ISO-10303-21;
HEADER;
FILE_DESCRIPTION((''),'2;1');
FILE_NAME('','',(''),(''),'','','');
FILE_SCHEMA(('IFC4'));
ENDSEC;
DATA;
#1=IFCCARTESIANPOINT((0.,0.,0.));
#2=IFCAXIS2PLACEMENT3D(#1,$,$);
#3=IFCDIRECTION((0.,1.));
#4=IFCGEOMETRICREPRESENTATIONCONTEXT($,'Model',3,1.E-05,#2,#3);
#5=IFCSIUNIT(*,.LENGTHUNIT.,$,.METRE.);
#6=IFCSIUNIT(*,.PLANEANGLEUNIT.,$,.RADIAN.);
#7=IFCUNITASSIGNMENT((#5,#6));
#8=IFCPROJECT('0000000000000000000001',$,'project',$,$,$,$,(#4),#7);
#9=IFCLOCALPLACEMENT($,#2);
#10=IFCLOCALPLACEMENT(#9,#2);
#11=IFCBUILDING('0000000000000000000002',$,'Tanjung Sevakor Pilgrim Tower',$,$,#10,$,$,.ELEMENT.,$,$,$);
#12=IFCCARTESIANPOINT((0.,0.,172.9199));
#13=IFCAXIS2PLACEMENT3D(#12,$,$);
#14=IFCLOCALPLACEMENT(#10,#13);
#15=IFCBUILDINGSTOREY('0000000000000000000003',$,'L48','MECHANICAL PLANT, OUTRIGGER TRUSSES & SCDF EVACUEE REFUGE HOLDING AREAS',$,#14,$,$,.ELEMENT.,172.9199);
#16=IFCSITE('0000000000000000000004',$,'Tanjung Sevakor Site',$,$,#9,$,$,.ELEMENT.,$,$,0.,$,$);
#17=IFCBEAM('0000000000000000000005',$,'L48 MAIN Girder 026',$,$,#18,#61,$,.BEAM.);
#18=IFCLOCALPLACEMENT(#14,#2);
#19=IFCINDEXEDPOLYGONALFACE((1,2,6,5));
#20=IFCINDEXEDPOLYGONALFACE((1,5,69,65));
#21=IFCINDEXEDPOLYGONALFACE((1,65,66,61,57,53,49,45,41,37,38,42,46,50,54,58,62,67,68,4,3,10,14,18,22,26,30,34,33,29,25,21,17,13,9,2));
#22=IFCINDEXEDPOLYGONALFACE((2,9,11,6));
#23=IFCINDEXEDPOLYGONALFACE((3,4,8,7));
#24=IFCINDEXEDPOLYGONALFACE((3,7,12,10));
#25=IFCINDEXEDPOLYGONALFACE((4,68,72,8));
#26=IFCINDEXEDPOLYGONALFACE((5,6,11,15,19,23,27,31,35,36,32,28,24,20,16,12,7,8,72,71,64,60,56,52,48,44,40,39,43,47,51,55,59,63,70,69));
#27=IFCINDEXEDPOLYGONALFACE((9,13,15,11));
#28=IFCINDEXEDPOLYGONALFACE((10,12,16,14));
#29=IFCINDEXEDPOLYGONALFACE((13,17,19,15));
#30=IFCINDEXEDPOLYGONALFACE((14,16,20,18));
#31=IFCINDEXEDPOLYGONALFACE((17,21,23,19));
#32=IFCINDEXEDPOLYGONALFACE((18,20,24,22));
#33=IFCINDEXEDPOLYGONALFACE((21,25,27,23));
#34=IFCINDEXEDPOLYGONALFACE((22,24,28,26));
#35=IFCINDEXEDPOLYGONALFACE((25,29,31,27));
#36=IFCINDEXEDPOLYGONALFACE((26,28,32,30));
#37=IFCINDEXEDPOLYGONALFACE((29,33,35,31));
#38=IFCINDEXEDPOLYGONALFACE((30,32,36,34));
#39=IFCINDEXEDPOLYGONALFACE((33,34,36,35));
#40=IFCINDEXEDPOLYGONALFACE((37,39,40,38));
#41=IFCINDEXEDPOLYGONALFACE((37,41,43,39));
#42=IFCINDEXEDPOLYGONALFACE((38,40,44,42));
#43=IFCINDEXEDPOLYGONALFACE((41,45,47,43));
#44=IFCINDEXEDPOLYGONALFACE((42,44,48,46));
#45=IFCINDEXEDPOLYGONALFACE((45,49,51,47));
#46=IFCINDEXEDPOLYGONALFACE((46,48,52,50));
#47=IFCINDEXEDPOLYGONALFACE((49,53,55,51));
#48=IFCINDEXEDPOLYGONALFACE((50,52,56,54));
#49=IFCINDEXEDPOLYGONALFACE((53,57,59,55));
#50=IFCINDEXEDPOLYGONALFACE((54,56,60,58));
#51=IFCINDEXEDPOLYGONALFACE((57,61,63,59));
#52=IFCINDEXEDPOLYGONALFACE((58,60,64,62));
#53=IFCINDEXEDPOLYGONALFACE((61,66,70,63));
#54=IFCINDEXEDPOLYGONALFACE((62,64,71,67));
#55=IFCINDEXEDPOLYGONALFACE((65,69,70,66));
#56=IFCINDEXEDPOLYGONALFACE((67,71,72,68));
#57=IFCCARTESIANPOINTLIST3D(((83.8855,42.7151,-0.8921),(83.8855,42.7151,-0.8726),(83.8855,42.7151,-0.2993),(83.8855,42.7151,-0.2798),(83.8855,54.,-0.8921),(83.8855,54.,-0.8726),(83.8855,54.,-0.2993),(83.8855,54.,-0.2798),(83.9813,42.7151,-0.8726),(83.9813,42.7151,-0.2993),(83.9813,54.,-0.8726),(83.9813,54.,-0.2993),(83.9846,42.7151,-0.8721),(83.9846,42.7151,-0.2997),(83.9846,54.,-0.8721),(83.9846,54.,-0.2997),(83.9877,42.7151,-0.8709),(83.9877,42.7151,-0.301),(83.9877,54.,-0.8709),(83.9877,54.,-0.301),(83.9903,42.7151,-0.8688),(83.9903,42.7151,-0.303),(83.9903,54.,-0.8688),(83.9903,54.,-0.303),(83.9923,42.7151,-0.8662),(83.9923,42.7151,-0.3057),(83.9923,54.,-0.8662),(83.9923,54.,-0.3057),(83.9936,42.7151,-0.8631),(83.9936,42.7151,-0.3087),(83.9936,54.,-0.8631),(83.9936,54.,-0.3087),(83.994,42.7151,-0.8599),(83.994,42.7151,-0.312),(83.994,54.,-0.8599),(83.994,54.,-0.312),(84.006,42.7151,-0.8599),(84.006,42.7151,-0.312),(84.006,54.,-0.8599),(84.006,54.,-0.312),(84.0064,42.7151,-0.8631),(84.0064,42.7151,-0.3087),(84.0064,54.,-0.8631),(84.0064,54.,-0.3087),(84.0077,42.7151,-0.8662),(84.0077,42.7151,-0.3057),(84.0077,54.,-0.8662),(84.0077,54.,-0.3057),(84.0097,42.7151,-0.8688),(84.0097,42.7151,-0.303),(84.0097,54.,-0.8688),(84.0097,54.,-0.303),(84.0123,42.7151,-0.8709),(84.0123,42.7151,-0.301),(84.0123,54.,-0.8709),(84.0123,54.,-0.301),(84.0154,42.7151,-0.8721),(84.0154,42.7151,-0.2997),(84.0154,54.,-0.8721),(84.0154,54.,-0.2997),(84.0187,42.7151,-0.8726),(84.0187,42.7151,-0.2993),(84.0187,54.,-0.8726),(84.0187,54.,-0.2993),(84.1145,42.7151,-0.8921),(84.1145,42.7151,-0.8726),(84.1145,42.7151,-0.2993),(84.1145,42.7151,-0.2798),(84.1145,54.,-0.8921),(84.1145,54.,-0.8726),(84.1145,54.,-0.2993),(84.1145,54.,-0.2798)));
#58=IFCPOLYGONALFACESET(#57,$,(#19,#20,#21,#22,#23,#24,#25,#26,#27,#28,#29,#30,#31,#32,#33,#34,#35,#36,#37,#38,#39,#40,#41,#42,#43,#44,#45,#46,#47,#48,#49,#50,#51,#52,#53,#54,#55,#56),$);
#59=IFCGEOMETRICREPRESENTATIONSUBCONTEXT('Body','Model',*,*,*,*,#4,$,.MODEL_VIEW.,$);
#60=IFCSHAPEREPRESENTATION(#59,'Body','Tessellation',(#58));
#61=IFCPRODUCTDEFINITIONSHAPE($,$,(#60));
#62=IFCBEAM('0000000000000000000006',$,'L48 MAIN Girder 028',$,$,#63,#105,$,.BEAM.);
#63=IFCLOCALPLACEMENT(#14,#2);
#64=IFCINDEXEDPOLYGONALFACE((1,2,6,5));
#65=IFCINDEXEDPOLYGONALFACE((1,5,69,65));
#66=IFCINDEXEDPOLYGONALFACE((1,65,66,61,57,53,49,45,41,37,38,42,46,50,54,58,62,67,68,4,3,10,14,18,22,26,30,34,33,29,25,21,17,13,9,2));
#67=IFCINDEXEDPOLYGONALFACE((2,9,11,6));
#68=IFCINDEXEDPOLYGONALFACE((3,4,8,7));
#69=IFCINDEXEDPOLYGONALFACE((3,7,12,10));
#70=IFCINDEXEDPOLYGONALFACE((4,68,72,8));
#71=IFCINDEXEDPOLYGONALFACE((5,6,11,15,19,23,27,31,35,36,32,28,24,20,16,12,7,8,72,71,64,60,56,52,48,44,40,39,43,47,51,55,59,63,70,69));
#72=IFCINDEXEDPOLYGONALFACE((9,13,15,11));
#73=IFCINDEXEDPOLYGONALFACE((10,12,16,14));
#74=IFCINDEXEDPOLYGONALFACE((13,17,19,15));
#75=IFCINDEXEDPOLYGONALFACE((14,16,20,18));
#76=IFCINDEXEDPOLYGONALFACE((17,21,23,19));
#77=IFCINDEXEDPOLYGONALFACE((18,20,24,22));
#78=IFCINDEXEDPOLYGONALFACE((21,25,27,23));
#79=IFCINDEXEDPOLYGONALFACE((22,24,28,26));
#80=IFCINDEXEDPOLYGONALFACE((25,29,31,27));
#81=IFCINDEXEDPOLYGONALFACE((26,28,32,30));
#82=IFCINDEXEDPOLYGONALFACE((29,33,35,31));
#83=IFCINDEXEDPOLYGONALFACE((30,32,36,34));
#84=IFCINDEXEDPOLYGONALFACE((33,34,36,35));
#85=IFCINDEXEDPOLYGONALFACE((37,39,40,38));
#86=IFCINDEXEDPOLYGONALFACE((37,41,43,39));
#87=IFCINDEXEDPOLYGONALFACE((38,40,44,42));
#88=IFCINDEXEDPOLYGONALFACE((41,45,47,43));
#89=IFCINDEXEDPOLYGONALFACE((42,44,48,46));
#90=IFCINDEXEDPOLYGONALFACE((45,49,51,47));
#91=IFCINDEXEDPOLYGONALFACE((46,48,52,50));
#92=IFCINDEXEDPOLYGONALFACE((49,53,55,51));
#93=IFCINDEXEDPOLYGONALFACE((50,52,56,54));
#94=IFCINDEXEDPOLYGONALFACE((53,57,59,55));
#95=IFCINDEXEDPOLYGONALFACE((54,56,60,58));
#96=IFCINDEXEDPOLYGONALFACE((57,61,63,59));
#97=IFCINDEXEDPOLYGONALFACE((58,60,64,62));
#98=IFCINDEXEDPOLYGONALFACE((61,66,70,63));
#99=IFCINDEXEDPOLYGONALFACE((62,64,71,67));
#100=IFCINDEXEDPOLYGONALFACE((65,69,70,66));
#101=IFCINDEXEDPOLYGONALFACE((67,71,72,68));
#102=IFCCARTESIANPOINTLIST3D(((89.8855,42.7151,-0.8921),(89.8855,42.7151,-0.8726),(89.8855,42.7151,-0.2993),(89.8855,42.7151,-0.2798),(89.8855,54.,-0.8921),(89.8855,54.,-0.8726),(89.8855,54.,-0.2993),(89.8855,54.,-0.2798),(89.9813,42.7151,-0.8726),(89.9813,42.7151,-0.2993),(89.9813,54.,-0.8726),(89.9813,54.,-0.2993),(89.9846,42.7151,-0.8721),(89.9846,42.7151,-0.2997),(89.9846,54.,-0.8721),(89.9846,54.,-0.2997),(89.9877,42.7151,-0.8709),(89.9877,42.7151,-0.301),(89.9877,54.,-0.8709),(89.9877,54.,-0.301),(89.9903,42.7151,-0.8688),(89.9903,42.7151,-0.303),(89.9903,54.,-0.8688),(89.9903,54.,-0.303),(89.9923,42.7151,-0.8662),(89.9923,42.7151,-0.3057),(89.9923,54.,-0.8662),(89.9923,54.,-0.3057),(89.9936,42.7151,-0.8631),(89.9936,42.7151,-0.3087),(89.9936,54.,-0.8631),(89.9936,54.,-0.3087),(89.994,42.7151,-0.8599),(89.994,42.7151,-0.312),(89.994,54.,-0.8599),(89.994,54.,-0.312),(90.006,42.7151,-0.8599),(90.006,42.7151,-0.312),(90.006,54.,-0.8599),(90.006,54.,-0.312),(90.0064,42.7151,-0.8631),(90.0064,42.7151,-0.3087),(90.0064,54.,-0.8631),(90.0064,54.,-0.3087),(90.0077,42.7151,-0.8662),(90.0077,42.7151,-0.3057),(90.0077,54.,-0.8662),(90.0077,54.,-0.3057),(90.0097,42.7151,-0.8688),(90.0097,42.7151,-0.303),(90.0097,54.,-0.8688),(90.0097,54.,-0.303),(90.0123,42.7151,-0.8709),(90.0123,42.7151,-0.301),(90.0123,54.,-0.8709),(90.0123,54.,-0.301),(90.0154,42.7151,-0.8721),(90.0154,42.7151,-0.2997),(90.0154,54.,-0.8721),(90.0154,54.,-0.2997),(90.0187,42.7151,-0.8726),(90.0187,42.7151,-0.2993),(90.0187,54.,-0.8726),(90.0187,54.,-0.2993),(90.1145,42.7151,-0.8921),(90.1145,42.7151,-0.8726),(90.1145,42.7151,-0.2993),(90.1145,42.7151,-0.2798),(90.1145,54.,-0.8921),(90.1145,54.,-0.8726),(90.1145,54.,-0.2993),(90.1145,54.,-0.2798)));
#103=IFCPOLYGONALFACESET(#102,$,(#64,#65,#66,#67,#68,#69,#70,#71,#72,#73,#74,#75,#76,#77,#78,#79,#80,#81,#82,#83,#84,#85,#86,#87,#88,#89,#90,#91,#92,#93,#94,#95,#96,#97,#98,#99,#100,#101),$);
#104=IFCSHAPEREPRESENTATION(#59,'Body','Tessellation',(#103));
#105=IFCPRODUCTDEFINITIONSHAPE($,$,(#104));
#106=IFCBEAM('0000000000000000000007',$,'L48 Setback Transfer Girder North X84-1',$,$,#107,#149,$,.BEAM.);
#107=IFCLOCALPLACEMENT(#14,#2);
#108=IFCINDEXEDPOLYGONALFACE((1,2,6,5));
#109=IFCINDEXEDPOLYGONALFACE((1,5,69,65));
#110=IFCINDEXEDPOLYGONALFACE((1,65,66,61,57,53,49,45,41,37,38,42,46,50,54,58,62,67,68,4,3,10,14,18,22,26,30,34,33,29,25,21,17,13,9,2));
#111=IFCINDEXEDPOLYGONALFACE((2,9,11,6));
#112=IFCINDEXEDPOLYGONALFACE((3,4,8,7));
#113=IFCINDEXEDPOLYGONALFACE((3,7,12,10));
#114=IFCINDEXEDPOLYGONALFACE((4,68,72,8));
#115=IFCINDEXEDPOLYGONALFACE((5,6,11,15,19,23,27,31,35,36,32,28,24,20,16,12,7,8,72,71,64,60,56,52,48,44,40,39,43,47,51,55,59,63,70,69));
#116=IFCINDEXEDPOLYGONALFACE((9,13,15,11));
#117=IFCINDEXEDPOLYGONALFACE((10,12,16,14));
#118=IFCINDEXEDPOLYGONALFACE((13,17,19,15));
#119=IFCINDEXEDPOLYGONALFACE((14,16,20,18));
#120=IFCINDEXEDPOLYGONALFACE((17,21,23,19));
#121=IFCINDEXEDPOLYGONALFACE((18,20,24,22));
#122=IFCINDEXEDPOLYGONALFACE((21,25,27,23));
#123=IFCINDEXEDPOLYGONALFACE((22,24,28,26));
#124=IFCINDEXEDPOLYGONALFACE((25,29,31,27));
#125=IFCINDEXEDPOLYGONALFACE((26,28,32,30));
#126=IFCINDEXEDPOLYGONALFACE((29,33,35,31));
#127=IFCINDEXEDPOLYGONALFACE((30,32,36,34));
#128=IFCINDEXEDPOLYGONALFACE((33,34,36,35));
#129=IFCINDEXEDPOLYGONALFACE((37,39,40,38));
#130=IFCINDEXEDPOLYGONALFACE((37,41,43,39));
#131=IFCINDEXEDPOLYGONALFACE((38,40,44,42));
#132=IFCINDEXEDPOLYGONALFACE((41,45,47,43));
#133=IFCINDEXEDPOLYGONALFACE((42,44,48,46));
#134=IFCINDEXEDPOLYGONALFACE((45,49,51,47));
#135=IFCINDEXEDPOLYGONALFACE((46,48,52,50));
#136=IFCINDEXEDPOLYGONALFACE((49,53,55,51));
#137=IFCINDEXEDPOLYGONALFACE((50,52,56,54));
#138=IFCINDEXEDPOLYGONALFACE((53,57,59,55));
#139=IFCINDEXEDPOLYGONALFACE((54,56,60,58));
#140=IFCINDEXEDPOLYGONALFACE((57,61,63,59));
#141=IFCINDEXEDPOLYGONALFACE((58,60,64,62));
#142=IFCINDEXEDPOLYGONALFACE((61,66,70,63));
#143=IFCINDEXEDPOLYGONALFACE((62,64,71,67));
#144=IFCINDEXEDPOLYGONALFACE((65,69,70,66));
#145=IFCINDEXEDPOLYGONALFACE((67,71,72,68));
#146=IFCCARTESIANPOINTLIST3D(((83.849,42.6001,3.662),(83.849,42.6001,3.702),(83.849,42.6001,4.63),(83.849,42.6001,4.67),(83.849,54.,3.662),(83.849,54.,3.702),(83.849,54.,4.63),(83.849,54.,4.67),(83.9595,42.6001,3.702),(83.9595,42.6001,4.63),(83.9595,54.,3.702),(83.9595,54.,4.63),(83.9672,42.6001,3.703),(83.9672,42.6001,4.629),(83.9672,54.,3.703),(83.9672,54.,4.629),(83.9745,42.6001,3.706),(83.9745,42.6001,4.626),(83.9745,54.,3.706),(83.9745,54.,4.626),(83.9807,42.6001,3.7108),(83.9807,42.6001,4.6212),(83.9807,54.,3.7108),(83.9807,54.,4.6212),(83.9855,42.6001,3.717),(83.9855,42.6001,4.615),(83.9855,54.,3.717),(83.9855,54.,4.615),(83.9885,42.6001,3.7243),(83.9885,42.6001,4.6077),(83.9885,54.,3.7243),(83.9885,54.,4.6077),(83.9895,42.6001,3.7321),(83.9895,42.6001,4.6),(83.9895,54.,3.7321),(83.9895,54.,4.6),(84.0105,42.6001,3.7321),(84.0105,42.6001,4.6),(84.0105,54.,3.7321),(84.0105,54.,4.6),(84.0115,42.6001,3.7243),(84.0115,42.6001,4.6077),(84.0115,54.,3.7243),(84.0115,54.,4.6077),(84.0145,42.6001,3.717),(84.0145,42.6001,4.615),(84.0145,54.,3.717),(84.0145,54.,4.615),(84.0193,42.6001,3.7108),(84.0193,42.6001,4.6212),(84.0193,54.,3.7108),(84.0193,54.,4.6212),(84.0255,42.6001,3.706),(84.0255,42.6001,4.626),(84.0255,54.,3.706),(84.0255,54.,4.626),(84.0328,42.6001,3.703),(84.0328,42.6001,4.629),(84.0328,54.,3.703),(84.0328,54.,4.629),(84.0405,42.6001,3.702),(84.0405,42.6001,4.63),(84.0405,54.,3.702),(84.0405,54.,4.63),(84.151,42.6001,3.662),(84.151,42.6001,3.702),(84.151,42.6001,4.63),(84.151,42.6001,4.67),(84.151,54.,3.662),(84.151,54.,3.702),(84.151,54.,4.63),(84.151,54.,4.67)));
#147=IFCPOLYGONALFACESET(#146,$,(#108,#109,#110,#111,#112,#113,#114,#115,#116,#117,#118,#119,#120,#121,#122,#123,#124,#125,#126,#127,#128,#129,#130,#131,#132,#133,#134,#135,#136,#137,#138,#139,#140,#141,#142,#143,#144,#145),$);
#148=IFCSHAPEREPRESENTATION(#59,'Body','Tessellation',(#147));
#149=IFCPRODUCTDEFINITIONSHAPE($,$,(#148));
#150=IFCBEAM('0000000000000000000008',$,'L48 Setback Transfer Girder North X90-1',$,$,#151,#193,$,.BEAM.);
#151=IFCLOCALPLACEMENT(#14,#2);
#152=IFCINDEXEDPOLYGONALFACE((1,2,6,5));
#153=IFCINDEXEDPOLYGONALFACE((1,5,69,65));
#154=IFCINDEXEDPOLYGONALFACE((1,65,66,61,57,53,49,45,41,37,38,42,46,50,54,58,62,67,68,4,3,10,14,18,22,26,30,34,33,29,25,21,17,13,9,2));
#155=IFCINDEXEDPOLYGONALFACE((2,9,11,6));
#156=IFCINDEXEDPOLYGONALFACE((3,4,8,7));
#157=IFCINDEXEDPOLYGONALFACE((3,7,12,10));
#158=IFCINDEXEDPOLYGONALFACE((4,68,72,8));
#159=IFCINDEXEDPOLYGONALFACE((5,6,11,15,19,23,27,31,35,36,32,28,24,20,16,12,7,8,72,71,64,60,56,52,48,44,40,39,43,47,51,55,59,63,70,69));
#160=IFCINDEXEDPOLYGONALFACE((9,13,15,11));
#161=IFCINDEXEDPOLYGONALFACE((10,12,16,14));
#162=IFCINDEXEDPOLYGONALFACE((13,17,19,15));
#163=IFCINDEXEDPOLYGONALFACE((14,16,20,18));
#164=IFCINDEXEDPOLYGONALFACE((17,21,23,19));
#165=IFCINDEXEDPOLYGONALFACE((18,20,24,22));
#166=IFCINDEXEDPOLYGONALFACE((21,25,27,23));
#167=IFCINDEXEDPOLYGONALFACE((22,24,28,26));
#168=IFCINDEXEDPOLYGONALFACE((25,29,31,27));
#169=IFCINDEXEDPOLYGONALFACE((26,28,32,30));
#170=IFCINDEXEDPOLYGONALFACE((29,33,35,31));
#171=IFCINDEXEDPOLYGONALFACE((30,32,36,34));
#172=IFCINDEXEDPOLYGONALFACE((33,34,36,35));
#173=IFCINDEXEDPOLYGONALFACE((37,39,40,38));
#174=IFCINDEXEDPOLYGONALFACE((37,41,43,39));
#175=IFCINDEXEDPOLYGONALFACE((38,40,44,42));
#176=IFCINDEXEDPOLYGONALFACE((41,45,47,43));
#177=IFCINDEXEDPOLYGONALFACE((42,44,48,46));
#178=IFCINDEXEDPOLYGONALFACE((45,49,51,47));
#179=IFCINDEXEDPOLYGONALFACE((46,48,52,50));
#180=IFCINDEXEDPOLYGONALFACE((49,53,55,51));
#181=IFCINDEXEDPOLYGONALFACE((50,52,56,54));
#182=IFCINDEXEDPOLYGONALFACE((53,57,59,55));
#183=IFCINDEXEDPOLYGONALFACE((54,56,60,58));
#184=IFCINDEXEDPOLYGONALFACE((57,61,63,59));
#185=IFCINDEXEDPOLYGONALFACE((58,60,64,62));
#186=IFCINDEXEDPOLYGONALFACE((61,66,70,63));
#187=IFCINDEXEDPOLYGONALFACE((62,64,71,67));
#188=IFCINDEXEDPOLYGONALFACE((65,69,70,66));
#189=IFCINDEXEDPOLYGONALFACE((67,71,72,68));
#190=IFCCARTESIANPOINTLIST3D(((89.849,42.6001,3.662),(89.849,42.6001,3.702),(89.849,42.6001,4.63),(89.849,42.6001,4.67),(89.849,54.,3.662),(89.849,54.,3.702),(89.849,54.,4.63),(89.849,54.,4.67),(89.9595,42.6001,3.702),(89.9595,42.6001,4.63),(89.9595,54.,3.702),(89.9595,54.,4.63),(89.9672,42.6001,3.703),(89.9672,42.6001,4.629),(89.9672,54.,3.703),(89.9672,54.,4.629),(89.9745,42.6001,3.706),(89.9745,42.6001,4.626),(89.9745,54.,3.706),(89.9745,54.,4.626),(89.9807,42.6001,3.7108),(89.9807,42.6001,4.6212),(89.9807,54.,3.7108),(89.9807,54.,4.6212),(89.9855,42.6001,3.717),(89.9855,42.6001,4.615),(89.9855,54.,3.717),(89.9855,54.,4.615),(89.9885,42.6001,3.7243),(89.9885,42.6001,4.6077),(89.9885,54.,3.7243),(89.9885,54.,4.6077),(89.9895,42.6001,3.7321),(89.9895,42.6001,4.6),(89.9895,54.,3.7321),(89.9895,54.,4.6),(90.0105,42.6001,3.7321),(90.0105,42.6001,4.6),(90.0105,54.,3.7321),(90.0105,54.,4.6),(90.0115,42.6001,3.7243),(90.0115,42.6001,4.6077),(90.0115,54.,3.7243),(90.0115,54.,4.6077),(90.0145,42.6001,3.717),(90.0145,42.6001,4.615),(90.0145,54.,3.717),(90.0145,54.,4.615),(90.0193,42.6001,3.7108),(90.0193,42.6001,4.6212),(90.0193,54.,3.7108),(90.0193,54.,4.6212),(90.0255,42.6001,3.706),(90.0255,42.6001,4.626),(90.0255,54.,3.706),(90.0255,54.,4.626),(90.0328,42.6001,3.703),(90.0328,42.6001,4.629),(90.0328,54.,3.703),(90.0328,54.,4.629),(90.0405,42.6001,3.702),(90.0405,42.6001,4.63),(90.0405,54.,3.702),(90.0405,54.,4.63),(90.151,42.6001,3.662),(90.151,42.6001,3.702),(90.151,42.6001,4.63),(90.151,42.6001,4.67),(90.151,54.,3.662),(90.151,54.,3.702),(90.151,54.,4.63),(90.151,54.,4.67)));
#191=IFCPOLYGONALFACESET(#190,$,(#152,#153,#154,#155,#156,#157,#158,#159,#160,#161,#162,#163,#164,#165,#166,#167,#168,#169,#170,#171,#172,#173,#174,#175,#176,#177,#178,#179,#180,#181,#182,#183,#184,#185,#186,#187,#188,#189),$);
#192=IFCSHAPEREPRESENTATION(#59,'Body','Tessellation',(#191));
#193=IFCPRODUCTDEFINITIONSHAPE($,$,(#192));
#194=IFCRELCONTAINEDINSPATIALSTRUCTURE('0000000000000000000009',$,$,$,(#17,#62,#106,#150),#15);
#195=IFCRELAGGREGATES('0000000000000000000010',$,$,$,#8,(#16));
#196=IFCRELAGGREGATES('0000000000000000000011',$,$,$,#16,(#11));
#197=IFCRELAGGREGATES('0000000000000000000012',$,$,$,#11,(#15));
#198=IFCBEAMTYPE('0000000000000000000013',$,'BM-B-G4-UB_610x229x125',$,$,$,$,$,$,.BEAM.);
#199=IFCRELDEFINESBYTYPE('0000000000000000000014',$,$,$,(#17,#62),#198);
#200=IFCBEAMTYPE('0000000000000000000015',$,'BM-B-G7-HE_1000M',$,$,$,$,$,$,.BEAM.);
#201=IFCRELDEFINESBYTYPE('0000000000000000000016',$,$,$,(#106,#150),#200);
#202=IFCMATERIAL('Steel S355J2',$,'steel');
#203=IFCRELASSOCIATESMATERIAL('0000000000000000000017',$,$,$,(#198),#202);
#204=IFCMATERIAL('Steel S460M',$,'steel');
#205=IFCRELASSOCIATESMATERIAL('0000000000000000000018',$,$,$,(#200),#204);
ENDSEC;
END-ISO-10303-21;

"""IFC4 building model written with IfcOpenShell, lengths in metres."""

from ifc_helpers import new_model, si_unit, direction, frame, origin, origin_2d, place, context, subcontext, project, spatial, i_section, extrude, material, material_profile, profile_set, type_object, element, save


model = new_model("IFC4")

# Units and contexts
model_context = context("Model", 3, precision=1e-05, world=origin(), true_north=direction((0.0, 1.0)))
body_context = subcontext(model_context, "Body", "Model", "MODEL_VIEW")
ifc_project = project(units=[si_unit("LENGTHUNIT", "METRE"), si_unit("PLANEANGLEUNIT", "RADIAN")], contexts=[model_context])

# Site, building, storey
site_placement = place(None, origin())
site = spatial("IfcSite", under=ifc_project, at=site_placement, Name="Tanjung Sevakor Site", CompositionType="ELEMENT", RefElevation=0.0)
building_placement = place(site_placement, origin())
building = spatial("IfcBuilding", under=site, at=building_placement, Name="Tanjung Sevakor Pilgrim Tower", CompositionType="ELEMENT")
storey_placement = place(building_placement, frame((0.0, 0.0, 172.9199)))
storey = spatial("IfcBuildingStorey", under=building, at=storey_placement, Name="L48", Description="MECHANICAL PLANT, OUTRIGGER TRUSSES & SCDF EVACUEE REFUGE HOLDING AREAS", CompositionType="ELEMENT", Elevation=172.9199)

# Beams
ifc_material_1 = material(Name="Steel S355J2", Category="steel")
ifc_material_profile_1 = material_profile(ifc_material_1, i_section(OverallWidth=0.229, OverallDepth=0.6123, WebThickness=0.012, FlangeThickness=0.0195, FilletRadius=0.0127, at=origin_2d()))
ifc_profile_set_1 = profile_set([ifc_material_profile_1], Name="Steel S355J2")
beam_type_1 = type_object("IfcBeamType", Name="BM-B-G4-UB_610x229x125", PredefinedType="BEAM", material=ifc_profile_set_1)
for number, where, z_axis, x_axis, name in (
    (1, (84.0, 42.7151, -0.5859), (0.0, 1.0, 0.0), (-1.0, 0.0, 0.0), "L48 MAIN Girder 026"),
    (2, (90.0, 42.7151, -0.5859), (0.0, 1.0, 0.0), (-1.0, 0.0, 0.0), "L48 MAIN Girder 028"),
):
    element("IfcBeam", number, at=place(storey_placement, frame(where, z_axis=z_axis, x_axis=x_axis)), inside=storey, type_object=beam_type_1, Name=name, PredefinedType="BEAM", context=body_context, shape_type="SweptSolid", body=[
        extrude(i_section(OverallWidth=0.229, OverallDepth=0.6123, WebThickness=0.012, FlangeThickness=0.0195, FilletRadius=0.0127, at=origin_2d()), origin(), (0.0, 0.0, 1.0), 11.2849),
    ])
ifc_material_2 = material(Name="Steel S460M", Category="steel")
ifc_material_profile_2 = material_profile(ifc_material_2, i_section(OverallWidth=0.302, OverallDepth=1.0081, WebThickness=0.021, FlangeThickness=0.04, FilletRadius=0.03, at=origin_2d()))
ifc_profile_set_2 = profile_set([ifc_material_profile_2], Name="Steel S460M")
beam_type_2 = type_object("IfcBeamType", Name="BM-B-G7-HE_1000M", PredefinedType="BEAM", material=ifc_profile_set_2)
for number, where, z_axis, x_axis, name in (
    (3, (84.0, 42.6001, 4.166), (0.0, 1.0, 0.0), (-1.0, 0.0, 0.0), "L48 Setback Transfer Girder North X84-1"),
    (4, (90.0, 42.6001, 4.166), (0.0, 1.0, 0.0), (-1.0, 0.0, 0.0), "L48 Setback Transfer Girder North X90-1"),
):
    element("IfcBeam", number, at=place(storey_placement, frame(where, z_axis=z_axis, x_axis=x_axis)), inside=storey, type_object=beam_type_2, Name=name, PredefinedType="BEAM", context=body_context, shape_type="SweptSolid", body=[
        extrude(i_section(OverallWidth=0.302, OverallDepth=1.0081, WebThickness=0.021, FlangeThickness=0.04, FilletRadius=0.03, at=origin_2d()), origin(), (0.0, 0.0, 1.0), 11.3999),
    ])

save(model, "model.ifc")
